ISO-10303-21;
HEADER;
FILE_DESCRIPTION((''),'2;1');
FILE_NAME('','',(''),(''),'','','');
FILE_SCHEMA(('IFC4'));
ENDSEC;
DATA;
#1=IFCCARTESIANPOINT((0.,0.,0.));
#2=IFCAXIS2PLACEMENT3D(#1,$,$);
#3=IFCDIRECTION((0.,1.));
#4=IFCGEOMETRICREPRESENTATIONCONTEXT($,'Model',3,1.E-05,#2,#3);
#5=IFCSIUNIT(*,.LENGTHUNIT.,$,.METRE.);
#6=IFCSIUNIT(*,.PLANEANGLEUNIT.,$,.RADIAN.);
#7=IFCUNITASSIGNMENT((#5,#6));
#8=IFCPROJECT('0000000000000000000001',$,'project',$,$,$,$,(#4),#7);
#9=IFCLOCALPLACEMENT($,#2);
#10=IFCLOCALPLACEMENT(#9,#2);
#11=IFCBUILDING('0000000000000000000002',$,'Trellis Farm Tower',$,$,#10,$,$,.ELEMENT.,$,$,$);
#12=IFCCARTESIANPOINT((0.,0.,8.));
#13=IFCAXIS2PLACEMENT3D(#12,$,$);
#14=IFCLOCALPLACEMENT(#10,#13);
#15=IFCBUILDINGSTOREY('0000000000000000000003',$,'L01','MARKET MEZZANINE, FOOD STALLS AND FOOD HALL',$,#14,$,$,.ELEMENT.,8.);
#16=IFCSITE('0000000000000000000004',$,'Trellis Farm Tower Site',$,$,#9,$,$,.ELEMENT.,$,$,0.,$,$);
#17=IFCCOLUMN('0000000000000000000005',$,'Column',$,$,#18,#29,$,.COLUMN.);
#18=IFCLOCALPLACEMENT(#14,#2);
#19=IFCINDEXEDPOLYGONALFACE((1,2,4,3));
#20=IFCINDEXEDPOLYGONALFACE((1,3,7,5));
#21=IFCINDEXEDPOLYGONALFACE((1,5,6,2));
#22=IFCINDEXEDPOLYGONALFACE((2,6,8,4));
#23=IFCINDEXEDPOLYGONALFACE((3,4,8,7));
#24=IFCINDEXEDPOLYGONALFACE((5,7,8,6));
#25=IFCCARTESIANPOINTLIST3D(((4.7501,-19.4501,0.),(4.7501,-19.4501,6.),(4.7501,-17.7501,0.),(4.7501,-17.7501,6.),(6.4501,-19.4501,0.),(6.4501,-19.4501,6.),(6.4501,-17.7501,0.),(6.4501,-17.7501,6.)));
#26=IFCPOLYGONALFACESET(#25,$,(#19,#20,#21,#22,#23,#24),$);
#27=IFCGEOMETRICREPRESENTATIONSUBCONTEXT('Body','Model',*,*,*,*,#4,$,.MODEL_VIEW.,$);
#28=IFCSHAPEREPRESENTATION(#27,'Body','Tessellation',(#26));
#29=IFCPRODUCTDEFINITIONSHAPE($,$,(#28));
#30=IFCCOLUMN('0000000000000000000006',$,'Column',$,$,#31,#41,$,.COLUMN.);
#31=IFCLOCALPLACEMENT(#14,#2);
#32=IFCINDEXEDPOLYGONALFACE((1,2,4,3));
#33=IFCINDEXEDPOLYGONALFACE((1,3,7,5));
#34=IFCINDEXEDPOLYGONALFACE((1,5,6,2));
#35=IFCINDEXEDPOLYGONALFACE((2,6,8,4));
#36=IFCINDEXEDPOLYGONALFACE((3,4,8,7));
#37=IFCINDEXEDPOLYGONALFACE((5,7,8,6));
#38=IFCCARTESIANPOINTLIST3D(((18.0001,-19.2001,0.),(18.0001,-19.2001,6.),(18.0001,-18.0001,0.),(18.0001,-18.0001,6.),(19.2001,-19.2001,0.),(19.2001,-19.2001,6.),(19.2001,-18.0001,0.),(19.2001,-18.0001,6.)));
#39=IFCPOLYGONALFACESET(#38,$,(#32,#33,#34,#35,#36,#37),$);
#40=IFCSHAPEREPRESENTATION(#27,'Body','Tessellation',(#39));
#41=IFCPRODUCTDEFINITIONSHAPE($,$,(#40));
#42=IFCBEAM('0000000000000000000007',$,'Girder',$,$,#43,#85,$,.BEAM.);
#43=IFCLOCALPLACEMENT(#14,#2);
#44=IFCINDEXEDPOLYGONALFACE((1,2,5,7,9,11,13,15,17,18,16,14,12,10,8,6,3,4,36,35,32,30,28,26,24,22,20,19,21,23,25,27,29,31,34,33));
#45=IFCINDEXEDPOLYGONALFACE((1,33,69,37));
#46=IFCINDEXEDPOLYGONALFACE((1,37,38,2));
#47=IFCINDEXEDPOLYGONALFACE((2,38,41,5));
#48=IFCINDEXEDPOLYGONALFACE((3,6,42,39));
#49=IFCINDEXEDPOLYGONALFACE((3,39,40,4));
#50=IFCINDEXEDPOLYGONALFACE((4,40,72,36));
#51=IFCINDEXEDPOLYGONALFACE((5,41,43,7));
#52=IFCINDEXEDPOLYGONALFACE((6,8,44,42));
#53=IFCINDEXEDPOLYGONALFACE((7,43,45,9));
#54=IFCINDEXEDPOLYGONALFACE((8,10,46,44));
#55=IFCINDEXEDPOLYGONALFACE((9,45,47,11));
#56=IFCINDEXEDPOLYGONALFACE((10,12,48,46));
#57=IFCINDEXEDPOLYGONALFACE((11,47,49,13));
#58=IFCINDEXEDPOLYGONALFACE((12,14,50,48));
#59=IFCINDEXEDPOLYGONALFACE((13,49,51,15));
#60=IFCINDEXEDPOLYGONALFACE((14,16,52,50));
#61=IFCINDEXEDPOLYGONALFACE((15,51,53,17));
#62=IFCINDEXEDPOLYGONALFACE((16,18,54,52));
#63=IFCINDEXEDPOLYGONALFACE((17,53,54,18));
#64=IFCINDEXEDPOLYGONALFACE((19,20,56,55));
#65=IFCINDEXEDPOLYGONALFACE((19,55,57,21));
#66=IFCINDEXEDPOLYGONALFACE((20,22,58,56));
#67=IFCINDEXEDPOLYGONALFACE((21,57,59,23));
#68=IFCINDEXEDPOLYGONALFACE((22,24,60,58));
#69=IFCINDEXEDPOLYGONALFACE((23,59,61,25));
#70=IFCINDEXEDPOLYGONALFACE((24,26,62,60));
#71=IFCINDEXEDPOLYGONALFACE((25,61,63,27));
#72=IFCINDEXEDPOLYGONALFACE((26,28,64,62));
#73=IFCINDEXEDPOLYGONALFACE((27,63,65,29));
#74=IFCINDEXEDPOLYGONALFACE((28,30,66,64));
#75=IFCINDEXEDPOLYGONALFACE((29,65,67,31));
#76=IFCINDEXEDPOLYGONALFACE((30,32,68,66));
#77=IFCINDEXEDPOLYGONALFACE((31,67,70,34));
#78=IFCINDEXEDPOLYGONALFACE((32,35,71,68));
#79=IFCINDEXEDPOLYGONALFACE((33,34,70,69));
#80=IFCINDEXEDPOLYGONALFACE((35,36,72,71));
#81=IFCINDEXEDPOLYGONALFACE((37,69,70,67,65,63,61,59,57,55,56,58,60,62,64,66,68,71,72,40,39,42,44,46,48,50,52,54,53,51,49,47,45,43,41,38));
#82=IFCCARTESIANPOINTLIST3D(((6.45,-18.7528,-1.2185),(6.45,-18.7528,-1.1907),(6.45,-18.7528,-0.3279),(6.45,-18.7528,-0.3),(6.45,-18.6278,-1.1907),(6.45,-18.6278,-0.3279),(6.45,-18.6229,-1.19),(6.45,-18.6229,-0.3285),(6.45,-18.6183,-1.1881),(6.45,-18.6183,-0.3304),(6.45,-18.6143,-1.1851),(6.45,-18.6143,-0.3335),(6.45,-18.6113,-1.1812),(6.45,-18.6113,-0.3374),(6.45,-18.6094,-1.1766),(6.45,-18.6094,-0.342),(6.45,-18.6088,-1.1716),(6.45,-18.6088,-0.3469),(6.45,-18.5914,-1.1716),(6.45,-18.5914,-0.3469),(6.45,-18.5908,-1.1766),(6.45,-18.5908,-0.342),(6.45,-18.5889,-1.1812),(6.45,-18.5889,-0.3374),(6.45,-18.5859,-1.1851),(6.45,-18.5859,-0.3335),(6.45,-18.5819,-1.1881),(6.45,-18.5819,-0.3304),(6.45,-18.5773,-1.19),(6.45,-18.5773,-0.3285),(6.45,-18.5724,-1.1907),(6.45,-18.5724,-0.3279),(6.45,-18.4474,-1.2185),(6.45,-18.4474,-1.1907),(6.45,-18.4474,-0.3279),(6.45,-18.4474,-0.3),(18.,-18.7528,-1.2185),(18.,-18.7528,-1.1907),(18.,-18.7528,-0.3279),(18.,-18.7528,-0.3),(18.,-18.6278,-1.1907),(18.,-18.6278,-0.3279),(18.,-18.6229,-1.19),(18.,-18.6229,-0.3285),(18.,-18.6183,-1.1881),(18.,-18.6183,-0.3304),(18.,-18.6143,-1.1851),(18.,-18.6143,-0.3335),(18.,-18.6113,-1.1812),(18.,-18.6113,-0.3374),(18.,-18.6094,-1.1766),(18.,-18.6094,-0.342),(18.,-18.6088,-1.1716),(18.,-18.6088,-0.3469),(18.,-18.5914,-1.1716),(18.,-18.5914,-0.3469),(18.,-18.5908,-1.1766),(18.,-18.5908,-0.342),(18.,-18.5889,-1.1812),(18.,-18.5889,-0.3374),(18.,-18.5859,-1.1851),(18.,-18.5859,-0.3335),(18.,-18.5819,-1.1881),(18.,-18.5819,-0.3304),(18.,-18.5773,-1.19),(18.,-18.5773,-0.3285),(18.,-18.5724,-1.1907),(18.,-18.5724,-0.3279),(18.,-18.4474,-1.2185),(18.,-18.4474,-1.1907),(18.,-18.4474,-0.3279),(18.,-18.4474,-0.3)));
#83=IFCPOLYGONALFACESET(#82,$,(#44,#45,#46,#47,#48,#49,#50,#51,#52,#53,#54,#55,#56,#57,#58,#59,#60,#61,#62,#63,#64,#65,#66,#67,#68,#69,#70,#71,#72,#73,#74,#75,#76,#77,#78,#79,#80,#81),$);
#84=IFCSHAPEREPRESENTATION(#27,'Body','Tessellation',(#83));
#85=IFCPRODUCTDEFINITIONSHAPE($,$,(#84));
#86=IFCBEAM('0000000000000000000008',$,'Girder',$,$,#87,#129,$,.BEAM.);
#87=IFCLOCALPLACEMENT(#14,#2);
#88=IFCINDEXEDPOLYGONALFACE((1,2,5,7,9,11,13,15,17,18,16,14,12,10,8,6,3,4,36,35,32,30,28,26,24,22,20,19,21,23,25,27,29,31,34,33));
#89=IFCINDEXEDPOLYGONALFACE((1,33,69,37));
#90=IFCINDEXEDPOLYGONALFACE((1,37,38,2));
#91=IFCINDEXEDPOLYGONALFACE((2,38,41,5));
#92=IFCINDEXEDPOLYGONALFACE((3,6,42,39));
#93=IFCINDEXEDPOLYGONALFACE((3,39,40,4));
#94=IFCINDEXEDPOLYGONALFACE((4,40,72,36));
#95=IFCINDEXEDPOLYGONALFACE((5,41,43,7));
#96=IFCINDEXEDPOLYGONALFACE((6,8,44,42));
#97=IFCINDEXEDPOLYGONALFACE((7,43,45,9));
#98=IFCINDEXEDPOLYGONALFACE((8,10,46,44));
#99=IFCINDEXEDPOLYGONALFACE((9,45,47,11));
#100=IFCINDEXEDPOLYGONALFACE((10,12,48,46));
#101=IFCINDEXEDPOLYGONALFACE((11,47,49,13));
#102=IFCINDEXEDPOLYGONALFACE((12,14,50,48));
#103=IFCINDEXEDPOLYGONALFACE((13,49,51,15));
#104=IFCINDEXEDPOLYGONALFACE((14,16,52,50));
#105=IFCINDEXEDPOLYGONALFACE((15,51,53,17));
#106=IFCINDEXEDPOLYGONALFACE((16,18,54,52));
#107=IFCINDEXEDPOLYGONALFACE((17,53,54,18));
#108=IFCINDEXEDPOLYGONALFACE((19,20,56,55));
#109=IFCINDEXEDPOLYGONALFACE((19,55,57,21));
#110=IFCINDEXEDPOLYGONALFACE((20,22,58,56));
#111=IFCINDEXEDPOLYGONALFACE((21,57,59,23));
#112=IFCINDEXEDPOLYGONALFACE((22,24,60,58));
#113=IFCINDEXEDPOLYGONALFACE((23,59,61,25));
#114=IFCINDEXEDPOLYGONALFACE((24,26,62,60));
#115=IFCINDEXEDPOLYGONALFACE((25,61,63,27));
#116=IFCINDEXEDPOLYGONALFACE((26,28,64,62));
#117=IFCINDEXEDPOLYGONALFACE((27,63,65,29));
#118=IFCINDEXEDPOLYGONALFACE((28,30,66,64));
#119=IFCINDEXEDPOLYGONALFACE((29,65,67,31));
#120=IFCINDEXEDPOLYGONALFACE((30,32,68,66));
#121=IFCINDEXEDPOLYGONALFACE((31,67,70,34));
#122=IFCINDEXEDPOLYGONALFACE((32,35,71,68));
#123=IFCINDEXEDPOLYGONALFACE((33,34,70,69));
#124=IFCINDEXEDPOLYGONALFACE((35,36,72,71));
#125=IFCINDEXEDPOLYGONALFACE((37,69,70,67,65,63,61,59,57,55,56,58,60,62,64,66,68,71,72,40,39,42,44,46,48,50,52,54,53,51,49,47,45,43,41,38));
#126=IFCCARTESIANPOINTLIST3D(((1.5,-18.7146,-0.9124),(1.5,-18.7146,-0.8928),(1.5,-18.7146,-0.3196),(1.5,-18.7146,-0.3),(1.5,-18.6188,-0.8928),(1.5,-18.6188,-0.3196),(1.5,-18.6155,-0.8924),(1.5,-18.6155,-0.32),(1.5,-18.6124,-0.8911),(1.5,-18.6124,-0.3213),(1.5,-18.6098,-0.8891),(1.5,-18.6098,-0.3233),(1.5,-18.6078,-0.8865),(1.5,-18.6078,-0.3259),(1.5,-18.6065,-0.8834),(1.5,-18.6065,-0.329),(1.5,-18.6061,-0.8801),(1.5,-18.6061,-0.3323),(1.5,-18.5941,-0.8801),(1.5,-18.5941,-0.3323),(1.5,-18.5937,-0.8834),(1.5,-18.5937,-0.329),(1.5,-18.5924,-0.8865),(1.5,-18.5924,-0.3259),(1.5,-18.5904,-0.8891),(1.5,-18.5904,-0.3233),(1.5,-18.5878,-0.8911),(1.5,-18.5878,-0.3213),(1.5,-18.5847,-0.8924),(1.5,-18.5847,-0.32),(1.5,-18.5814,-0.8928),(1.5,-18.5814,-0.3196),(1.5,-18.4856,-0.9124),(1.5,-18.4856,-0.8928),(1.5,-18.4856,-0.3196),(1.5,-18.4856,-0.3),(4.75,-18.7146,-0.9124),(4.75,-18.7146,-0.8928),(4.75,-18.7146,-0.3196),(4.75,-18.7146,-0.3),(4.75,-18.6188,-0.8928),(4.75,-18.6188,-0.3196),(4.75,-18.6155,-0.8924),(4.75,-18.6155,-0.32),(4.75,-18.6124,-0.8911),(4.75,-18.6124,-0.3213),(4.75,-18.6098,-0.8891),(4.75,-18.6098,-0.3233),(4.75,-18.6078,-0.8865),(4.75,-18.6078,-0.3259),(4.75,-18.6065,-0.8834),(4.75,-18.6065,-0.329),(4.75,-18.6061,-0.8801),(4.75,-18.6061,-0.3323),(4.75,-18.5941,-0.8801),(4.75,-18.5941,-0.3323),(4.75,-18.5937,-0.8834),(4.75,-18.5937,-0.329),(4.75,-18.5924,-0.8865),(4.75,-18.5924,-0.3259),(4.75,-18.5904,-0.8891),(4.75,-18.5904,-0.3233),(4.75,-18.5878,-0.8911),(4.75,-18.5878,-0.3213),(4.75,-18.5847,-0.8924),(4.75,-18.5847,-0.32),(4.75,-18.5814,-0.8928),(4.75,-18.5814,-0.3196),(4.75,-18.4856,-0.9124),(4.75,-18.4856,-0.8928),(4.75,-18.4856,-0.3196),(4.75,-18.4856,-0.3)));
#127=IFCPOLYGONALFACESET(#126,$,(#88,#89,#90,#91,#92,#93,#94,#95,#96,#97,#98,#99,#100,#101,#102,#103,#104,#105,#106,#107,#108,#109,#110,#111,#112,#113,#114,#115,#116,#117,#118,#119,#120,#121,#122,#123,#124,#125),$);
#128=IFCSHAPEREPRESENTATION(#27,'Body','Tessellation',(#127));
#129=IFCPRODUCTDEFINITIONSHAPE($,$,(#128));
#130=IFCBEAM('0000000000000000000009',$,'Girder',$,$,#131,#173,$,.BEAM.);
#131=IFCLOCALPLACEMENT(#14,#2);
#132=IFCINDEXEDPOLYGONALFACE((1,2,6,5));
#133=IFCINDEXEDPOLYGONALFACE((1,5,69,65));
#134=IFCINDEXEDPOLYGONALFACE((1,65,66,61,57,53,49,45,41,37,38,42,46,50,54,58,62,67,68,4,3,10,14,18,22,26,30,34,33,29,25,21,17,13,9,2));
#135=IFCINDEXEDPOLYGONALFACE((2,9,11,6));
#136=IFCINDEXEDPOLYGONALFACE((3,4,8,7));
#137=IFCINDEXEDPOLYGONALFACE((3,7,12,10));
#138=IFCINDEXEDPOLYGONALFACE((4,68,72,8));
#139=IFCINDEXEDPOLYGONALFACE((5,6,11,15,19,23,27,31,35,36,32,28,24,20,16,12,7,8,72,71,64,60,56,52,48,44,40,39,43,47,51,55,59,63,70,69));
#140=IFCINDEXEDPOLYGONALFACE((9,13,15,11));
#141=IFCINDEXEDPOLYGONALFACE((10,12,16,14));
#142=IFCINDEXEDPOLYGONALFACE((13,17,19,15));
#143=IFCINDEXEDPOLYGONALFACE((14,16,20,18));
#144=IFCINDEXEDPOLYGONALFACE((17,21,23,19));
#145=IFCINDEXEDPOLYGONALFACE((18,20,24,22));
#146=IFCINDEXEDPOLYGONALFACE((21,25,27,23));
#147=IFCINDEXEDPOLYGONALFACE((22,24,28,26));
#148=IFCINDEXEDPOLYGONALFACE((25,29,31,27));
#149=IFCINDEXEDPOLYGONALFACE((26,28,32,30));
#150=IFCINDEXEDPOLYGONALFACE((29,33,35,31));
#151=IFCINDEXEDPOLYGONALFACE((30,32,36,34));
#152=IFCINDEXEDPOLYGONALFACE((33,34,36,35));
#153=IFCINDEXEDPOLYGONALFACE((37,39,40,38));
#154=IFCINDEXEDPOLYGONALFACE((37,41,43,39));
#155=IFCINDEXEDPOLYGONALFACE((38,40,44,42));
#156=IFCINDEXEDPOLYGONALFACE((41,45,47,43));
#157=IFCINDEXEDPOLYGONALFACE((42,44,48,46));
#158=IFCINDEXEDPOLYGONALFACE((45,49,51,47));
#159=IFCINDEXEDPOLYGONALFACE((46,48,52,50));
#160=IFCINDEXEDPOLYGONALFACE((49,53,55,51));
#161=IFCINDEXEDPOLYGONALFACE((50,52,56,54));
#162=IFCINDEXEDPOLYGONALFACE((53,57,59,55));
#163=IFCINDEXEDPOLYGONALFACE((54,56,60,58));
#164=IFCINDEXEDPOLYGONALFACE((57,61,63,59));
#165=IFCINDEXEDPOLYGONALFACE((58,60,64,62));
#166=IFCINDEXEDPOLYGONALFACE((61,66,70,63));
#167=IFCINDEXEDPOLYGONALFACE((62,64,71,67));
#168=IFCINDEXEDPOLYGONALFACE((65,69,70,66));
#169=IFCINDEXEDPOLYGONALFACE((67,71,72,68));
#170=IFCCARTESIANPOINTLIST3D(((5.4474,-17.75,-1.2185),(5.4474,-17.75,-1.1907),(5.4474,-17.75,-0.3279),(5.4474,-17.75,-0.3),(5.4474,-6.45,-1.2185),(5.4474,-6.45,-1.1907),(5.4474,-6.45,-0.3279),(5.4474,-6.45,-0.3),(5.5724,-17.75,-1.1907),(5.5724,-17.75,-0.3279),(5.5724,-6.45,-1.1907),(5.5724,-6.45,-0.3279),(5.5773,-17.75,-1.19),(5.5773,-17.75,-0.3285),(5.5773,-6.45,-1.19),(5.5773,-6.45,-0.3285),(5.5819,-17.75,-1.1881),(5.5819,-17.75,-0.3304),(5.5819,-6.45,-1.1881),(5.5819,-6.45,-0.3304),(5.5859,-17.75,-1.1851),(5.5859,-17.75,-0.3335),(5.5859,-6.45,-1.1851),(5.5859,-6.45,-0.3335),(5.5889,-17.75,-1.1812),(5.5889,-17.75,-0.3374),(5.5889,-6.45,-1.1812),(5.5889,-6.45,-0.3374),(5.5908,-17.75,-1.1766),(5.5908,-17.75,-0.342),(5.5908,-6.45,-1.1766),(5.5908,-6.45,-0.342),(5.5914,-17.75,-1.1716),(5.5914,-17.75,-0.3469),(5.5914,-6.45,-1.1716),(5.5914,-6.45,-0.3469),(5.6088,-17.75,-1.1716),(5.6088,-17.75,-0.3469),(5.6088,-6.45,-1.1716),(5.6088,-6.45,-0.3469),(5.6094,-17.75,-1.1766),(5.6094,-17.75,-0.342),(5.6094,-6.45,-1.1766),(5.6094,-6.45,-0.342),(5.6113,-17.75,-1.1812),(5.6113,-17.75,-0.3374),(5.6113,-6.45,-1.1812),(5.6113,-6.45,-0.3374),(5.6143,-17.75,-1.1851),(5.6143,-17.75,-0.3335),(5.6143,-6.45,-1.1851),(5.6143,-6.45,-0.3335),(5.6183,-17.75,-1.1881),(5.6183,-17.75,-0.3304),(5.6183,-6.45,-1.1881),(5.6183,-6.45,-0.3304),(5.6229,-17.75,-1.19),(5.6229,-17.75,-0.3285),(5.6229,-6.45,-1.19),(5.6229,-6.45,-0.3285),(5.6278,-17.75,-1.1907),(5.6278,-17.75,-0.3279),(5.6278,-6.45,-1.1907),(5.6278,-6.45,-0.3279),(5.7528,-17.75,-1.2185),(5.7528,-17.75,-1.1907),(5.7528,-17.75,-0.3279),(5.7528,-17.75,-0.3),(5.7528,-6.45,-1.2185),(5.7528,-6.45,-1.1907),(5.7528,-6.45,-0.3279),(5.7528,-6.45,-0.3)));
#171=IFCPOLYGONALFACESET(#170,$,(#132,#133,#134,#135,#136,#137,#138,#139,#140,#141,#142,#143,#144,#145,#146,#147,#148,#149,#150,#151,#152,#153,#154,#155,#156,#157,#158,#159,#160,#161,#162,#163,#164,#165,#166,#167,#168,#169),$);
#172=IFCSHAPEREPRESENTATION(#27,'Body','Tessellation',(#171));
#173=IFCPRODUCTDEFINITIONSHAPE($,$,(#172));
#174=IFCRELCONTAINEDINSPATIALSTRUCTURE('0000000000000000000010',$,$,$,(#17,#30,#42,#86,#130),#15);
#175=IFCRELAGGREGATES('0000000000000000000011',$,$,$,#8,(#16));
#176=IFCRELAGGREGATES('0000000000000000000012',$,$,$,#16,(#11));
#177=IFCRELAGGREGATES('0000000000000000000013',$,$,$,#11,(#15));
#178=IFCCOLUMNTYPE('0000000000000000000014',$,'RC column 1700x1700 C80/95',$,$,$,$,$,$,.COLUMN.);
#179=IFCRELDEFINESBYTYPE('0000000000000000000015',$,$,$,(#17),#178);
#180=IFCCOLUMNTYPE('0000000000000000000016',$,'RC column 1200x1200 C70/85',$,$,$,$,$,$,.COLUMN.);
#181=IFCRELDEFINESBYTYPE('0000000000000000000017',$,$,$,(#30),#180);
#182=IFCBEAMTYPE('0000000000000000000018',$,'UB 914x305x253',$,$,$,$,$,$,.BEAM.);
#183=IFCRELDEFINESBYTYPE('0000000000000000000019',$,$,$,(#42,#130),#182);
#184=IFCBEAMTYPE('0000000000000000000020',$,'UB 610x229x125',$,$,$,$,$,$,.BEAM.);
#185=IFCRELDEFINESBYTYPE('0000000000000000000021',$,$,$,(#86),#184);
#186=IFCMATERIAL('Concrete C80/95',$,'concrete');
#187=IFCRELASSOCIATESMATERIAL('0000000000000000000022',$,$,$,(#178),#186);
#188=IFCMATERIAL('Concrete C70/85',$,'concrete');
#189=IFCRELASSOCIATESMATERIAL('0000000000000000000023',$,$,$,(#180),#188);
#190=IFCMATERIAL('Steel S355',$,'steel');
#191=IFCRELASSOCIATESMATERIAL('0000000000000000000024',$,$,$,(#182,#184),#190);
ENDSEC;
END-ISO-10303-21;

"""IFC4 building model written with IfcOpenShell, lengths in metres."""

from ifc_helpers import new_model, si_unit, direction, frame, origin, origin_2d, place, context, subcontext, project, spatial, rectangle, i_section, extrude, source, transform, mapped, material, material_profile, profile_set, type_object, element, save


model = new_model("IFC4")

# Units and contexts
model_context = context("Model", 3, precision=1e-05, world=origin(), true_north=direction((0.0, 1.0)))
body_context = subcontext(model_context, "Body", "Model", "MODEL_VIEW")
ifc_project = project(units=[si_unit("LENGTHUNIT", "METRE"), si_unit("PLANEANGLEUNIT", "RADIAN")], contexts=[model_context])

# Site, building, storey
site_placement = place(None, origin())
site = spatial("IfcSite", under=ifc_project, at=site_placement, Name="Trellis Farm Tower Site", CompositionType="ELEMENT", RefElevation=0.0)
building_placement = place(site_placement, origin())
building = spatial("IfcBuilding", under=site, at=building_placement, Name="Trellis Farm Tower", CompositionType="ELEMENT")
storey_placement = place(building_placement, frame((0.0, 0.0, 8.0)))
storey = spatial("IfcBuildingStorey", under=building, at=storey_placement, Name="L01", Description="MARKET MEZZANINE, FOOD STALLS AND FOOD HALL", CompositionType="ELEMENT", Elevation=8.0)

# Columns
ifc_material_1 = material(Name="Concrete C80/95", Category="concrete")
ifc_material_profile_1 = material_profile(ifc_material_1, rectangle(XDim=1.7, YDim=1.7, at=origin_2d()), Name="RC column 1700x1700 C80/95")
ifc_profile_set_1 = profile_set([ifc_material_profile_1], Name="Concrete C80/95")
column_type_1 = type_object("IfcColumnType", Name="RC column 1700x1700 C80/95", PredefinedType="COLUMN", material=ifc_profile_set_1)
shared_shape_1 = source(origin(), body_context, "Body", "SweptSolid", [
    extrude(rectangle(XDim=1.7, YDim=1.7, at=origin_2d()), origin(), (0.0, 0.0, 1.0), 6.0),
])
column_1_placement = place(storey_placement, frame((5.6001, -18.6001, 0.0), z_axis=(0.0, 0.0, 1.0), x_axis=(1.0, 0.0, 0.0)))
element("IfcColumn", 1, at=column_1_placement, inside=storey, type_object=column_type_1, Name="Column", PredefinedType="COLUMN", context=body_context, shape_type="MappedRepresentation", body=[
    mapped(shared_shape_1, transform((0.0, 0.0, 0.0))),
])
ifc_material_2 = material(Name="Concrete C70/85", Category="concrete")
ifc_material_profile_2 = material_profile(ifc_material_2, rectangle(XDim=1.2, YDim=1.2, at=origin_2d()), Name="RC column 1200x1200 C70/85")
ifc_profile_set_2 = profile_set([ifc_material_profile_2], Name="Concrete C70/85")
column_type_2 = type_object("IfcColumnType", Name="RC column 1200x1200 C70/85", PredefinedType="COLUMN", material=ifc_profile_set_2)
shared_shape_2 = source(origin(), body_context, "Body", "SweptSolid", [
    extrude(rectangle(XDim=1.2, YDim=1.2, at=origin_2d()), origin(), (0.0, 0.0, 1.0), 6.0),
])
column_2_placement = place(storey_placement, frame((18.6001, -18.6001, 0.0), z_axis=(0.0, 0.0, 1.0), x_axis=(1.0, 0.0, 0.0)))
element("IfcColumn", 2, at=column_2_placement, inside=storey, type_object=column_type_2, Name="Column", PredefinedType="COLUMN", context=body_context, shape_type="MappedRepresentation", body=[
    mapped(shared_shape_2, transform((0.0, 0.0, 0.0))),
])

# Beams
ifc_material_3 = material(Name="Steel S355", Category="steel")
ifc_material_profile_3 = material_profile(ifc_material_3, i_section(OverallWidth=0.3054, OverallDepth=0.9185, WebThickness=0.0173, FlangeThickness=0.0278, FilletRadius=0.019, at=origin_2d()), Name="UB 914x305x253")
ifc_profile_set_3 = profile_set([ifc_material_profile_3], Name="Steel S355")
beam_type_1 = type_object("IfcBeamType", Name="UB 914x305x253", PredefinedType="BEAM", material=ifc_profile_set_3)
shared_shape_3 = source(origin(), body_context, "Body", "SweptSolid", [
    extrude(i_section(OverallWidth=0.3054, OverallDepth=0.9185, WebThickness=0.0173, FlangeThickness=0.0278, FilletRadius=0.019, at=origin_2d()), origin(), (0.0, 0.0, 1.0), 11.55),
])
beam_1_placement = place(storey_placement, frame((6.45, -18.6001, -0.7593), z_axis=(1.0, 0.0, 0.0), x_axis=(0.0, 1.0, 0.0)))
element("IfcBeam", 3, at=beam_1_placement, inside=storey, type_object=beam_type_1, Name="Girder", PredefinedType="BEAM", context=body_context, shape_type="MappedRepresentation", body=[
    mapped(shared_shape_3, transform((0.0, 0.0, 0.0))),
])
ifc_material_profile_4 = material_profile(ifc_material_3, i_section(OverallWidth=0.229, OverallDepth=0.6123, WebThickness=0.012, FlangeThickness=0.0195, FilletRadius=0.0127, at=origin_2d()), Name="UB 610x229x125")
ifc_profile_set_4 = profile_set([ifc_material_profile_4], Name="Steel S355")
beam_type_2 = type_object("IfcBeamType", Name="UB 610x229x125", PredefinedType="BEAM", material=ifc_profile_set_4)
shared_shape_4 = source(origin(), body_context, "Body", "SweptSolid", [
    extrude(i_section(OverallWidth=0.229, OverallDepth=0.6123, WebThickness=0.012, FlangeThickness=0.0195, FilletRadius=0.0127, at=origin_2d()), origin(), (0.0, 0.0, 1.0), 3.25),
])
beam_2_placement = place(storey_placement, frame((1.5, -18.6001, -0.6062), z_axis=(1.0, 0.0, 0.0), x_axis=(0.0, 1.0, 0.0)))
element("IfcBeam", 4, at=beam_2_placement, inside=storey, type_object=beam_type_2, Name="Girder", PredefinedType="BEAM", context=body_context, shape_type="MappedRepresentation", body=[
    mapped(shared_shape_4, transform((0.0, 0.0, 0.0))),
])
shared_shape_5 = source(origin(), body_context, "Body", "SweptSolid", [
    extrude(i_section(OverallWidth=0.3054, OverallDepth=0.9185, WebThickness=0.0173, FlangeThickness=0.0278, FilletRadius=0.019, at=origin_2d()), origin(), (0.0, 0.0, 1.0), 11.3),
])
beam_3_placement = place(storey_placement, frame((5.6001, -17.75, -0.7593), z_axis=(0.0, 1.0, 0.0), x_axis=(-1.0, 0.0, 0.0)))
element("IfcBeam", 5, at=beam_3_placement, inside=storey, type_object=beam_type_1, Name="Girder", PredefinedType="BEAM", context=body_context, shape_type="MappedRepresentation", body=[
    mapped(shared_shape_5, transform((0.0, 0.0, 0.0))),
])

save(model, "model.ifc")
